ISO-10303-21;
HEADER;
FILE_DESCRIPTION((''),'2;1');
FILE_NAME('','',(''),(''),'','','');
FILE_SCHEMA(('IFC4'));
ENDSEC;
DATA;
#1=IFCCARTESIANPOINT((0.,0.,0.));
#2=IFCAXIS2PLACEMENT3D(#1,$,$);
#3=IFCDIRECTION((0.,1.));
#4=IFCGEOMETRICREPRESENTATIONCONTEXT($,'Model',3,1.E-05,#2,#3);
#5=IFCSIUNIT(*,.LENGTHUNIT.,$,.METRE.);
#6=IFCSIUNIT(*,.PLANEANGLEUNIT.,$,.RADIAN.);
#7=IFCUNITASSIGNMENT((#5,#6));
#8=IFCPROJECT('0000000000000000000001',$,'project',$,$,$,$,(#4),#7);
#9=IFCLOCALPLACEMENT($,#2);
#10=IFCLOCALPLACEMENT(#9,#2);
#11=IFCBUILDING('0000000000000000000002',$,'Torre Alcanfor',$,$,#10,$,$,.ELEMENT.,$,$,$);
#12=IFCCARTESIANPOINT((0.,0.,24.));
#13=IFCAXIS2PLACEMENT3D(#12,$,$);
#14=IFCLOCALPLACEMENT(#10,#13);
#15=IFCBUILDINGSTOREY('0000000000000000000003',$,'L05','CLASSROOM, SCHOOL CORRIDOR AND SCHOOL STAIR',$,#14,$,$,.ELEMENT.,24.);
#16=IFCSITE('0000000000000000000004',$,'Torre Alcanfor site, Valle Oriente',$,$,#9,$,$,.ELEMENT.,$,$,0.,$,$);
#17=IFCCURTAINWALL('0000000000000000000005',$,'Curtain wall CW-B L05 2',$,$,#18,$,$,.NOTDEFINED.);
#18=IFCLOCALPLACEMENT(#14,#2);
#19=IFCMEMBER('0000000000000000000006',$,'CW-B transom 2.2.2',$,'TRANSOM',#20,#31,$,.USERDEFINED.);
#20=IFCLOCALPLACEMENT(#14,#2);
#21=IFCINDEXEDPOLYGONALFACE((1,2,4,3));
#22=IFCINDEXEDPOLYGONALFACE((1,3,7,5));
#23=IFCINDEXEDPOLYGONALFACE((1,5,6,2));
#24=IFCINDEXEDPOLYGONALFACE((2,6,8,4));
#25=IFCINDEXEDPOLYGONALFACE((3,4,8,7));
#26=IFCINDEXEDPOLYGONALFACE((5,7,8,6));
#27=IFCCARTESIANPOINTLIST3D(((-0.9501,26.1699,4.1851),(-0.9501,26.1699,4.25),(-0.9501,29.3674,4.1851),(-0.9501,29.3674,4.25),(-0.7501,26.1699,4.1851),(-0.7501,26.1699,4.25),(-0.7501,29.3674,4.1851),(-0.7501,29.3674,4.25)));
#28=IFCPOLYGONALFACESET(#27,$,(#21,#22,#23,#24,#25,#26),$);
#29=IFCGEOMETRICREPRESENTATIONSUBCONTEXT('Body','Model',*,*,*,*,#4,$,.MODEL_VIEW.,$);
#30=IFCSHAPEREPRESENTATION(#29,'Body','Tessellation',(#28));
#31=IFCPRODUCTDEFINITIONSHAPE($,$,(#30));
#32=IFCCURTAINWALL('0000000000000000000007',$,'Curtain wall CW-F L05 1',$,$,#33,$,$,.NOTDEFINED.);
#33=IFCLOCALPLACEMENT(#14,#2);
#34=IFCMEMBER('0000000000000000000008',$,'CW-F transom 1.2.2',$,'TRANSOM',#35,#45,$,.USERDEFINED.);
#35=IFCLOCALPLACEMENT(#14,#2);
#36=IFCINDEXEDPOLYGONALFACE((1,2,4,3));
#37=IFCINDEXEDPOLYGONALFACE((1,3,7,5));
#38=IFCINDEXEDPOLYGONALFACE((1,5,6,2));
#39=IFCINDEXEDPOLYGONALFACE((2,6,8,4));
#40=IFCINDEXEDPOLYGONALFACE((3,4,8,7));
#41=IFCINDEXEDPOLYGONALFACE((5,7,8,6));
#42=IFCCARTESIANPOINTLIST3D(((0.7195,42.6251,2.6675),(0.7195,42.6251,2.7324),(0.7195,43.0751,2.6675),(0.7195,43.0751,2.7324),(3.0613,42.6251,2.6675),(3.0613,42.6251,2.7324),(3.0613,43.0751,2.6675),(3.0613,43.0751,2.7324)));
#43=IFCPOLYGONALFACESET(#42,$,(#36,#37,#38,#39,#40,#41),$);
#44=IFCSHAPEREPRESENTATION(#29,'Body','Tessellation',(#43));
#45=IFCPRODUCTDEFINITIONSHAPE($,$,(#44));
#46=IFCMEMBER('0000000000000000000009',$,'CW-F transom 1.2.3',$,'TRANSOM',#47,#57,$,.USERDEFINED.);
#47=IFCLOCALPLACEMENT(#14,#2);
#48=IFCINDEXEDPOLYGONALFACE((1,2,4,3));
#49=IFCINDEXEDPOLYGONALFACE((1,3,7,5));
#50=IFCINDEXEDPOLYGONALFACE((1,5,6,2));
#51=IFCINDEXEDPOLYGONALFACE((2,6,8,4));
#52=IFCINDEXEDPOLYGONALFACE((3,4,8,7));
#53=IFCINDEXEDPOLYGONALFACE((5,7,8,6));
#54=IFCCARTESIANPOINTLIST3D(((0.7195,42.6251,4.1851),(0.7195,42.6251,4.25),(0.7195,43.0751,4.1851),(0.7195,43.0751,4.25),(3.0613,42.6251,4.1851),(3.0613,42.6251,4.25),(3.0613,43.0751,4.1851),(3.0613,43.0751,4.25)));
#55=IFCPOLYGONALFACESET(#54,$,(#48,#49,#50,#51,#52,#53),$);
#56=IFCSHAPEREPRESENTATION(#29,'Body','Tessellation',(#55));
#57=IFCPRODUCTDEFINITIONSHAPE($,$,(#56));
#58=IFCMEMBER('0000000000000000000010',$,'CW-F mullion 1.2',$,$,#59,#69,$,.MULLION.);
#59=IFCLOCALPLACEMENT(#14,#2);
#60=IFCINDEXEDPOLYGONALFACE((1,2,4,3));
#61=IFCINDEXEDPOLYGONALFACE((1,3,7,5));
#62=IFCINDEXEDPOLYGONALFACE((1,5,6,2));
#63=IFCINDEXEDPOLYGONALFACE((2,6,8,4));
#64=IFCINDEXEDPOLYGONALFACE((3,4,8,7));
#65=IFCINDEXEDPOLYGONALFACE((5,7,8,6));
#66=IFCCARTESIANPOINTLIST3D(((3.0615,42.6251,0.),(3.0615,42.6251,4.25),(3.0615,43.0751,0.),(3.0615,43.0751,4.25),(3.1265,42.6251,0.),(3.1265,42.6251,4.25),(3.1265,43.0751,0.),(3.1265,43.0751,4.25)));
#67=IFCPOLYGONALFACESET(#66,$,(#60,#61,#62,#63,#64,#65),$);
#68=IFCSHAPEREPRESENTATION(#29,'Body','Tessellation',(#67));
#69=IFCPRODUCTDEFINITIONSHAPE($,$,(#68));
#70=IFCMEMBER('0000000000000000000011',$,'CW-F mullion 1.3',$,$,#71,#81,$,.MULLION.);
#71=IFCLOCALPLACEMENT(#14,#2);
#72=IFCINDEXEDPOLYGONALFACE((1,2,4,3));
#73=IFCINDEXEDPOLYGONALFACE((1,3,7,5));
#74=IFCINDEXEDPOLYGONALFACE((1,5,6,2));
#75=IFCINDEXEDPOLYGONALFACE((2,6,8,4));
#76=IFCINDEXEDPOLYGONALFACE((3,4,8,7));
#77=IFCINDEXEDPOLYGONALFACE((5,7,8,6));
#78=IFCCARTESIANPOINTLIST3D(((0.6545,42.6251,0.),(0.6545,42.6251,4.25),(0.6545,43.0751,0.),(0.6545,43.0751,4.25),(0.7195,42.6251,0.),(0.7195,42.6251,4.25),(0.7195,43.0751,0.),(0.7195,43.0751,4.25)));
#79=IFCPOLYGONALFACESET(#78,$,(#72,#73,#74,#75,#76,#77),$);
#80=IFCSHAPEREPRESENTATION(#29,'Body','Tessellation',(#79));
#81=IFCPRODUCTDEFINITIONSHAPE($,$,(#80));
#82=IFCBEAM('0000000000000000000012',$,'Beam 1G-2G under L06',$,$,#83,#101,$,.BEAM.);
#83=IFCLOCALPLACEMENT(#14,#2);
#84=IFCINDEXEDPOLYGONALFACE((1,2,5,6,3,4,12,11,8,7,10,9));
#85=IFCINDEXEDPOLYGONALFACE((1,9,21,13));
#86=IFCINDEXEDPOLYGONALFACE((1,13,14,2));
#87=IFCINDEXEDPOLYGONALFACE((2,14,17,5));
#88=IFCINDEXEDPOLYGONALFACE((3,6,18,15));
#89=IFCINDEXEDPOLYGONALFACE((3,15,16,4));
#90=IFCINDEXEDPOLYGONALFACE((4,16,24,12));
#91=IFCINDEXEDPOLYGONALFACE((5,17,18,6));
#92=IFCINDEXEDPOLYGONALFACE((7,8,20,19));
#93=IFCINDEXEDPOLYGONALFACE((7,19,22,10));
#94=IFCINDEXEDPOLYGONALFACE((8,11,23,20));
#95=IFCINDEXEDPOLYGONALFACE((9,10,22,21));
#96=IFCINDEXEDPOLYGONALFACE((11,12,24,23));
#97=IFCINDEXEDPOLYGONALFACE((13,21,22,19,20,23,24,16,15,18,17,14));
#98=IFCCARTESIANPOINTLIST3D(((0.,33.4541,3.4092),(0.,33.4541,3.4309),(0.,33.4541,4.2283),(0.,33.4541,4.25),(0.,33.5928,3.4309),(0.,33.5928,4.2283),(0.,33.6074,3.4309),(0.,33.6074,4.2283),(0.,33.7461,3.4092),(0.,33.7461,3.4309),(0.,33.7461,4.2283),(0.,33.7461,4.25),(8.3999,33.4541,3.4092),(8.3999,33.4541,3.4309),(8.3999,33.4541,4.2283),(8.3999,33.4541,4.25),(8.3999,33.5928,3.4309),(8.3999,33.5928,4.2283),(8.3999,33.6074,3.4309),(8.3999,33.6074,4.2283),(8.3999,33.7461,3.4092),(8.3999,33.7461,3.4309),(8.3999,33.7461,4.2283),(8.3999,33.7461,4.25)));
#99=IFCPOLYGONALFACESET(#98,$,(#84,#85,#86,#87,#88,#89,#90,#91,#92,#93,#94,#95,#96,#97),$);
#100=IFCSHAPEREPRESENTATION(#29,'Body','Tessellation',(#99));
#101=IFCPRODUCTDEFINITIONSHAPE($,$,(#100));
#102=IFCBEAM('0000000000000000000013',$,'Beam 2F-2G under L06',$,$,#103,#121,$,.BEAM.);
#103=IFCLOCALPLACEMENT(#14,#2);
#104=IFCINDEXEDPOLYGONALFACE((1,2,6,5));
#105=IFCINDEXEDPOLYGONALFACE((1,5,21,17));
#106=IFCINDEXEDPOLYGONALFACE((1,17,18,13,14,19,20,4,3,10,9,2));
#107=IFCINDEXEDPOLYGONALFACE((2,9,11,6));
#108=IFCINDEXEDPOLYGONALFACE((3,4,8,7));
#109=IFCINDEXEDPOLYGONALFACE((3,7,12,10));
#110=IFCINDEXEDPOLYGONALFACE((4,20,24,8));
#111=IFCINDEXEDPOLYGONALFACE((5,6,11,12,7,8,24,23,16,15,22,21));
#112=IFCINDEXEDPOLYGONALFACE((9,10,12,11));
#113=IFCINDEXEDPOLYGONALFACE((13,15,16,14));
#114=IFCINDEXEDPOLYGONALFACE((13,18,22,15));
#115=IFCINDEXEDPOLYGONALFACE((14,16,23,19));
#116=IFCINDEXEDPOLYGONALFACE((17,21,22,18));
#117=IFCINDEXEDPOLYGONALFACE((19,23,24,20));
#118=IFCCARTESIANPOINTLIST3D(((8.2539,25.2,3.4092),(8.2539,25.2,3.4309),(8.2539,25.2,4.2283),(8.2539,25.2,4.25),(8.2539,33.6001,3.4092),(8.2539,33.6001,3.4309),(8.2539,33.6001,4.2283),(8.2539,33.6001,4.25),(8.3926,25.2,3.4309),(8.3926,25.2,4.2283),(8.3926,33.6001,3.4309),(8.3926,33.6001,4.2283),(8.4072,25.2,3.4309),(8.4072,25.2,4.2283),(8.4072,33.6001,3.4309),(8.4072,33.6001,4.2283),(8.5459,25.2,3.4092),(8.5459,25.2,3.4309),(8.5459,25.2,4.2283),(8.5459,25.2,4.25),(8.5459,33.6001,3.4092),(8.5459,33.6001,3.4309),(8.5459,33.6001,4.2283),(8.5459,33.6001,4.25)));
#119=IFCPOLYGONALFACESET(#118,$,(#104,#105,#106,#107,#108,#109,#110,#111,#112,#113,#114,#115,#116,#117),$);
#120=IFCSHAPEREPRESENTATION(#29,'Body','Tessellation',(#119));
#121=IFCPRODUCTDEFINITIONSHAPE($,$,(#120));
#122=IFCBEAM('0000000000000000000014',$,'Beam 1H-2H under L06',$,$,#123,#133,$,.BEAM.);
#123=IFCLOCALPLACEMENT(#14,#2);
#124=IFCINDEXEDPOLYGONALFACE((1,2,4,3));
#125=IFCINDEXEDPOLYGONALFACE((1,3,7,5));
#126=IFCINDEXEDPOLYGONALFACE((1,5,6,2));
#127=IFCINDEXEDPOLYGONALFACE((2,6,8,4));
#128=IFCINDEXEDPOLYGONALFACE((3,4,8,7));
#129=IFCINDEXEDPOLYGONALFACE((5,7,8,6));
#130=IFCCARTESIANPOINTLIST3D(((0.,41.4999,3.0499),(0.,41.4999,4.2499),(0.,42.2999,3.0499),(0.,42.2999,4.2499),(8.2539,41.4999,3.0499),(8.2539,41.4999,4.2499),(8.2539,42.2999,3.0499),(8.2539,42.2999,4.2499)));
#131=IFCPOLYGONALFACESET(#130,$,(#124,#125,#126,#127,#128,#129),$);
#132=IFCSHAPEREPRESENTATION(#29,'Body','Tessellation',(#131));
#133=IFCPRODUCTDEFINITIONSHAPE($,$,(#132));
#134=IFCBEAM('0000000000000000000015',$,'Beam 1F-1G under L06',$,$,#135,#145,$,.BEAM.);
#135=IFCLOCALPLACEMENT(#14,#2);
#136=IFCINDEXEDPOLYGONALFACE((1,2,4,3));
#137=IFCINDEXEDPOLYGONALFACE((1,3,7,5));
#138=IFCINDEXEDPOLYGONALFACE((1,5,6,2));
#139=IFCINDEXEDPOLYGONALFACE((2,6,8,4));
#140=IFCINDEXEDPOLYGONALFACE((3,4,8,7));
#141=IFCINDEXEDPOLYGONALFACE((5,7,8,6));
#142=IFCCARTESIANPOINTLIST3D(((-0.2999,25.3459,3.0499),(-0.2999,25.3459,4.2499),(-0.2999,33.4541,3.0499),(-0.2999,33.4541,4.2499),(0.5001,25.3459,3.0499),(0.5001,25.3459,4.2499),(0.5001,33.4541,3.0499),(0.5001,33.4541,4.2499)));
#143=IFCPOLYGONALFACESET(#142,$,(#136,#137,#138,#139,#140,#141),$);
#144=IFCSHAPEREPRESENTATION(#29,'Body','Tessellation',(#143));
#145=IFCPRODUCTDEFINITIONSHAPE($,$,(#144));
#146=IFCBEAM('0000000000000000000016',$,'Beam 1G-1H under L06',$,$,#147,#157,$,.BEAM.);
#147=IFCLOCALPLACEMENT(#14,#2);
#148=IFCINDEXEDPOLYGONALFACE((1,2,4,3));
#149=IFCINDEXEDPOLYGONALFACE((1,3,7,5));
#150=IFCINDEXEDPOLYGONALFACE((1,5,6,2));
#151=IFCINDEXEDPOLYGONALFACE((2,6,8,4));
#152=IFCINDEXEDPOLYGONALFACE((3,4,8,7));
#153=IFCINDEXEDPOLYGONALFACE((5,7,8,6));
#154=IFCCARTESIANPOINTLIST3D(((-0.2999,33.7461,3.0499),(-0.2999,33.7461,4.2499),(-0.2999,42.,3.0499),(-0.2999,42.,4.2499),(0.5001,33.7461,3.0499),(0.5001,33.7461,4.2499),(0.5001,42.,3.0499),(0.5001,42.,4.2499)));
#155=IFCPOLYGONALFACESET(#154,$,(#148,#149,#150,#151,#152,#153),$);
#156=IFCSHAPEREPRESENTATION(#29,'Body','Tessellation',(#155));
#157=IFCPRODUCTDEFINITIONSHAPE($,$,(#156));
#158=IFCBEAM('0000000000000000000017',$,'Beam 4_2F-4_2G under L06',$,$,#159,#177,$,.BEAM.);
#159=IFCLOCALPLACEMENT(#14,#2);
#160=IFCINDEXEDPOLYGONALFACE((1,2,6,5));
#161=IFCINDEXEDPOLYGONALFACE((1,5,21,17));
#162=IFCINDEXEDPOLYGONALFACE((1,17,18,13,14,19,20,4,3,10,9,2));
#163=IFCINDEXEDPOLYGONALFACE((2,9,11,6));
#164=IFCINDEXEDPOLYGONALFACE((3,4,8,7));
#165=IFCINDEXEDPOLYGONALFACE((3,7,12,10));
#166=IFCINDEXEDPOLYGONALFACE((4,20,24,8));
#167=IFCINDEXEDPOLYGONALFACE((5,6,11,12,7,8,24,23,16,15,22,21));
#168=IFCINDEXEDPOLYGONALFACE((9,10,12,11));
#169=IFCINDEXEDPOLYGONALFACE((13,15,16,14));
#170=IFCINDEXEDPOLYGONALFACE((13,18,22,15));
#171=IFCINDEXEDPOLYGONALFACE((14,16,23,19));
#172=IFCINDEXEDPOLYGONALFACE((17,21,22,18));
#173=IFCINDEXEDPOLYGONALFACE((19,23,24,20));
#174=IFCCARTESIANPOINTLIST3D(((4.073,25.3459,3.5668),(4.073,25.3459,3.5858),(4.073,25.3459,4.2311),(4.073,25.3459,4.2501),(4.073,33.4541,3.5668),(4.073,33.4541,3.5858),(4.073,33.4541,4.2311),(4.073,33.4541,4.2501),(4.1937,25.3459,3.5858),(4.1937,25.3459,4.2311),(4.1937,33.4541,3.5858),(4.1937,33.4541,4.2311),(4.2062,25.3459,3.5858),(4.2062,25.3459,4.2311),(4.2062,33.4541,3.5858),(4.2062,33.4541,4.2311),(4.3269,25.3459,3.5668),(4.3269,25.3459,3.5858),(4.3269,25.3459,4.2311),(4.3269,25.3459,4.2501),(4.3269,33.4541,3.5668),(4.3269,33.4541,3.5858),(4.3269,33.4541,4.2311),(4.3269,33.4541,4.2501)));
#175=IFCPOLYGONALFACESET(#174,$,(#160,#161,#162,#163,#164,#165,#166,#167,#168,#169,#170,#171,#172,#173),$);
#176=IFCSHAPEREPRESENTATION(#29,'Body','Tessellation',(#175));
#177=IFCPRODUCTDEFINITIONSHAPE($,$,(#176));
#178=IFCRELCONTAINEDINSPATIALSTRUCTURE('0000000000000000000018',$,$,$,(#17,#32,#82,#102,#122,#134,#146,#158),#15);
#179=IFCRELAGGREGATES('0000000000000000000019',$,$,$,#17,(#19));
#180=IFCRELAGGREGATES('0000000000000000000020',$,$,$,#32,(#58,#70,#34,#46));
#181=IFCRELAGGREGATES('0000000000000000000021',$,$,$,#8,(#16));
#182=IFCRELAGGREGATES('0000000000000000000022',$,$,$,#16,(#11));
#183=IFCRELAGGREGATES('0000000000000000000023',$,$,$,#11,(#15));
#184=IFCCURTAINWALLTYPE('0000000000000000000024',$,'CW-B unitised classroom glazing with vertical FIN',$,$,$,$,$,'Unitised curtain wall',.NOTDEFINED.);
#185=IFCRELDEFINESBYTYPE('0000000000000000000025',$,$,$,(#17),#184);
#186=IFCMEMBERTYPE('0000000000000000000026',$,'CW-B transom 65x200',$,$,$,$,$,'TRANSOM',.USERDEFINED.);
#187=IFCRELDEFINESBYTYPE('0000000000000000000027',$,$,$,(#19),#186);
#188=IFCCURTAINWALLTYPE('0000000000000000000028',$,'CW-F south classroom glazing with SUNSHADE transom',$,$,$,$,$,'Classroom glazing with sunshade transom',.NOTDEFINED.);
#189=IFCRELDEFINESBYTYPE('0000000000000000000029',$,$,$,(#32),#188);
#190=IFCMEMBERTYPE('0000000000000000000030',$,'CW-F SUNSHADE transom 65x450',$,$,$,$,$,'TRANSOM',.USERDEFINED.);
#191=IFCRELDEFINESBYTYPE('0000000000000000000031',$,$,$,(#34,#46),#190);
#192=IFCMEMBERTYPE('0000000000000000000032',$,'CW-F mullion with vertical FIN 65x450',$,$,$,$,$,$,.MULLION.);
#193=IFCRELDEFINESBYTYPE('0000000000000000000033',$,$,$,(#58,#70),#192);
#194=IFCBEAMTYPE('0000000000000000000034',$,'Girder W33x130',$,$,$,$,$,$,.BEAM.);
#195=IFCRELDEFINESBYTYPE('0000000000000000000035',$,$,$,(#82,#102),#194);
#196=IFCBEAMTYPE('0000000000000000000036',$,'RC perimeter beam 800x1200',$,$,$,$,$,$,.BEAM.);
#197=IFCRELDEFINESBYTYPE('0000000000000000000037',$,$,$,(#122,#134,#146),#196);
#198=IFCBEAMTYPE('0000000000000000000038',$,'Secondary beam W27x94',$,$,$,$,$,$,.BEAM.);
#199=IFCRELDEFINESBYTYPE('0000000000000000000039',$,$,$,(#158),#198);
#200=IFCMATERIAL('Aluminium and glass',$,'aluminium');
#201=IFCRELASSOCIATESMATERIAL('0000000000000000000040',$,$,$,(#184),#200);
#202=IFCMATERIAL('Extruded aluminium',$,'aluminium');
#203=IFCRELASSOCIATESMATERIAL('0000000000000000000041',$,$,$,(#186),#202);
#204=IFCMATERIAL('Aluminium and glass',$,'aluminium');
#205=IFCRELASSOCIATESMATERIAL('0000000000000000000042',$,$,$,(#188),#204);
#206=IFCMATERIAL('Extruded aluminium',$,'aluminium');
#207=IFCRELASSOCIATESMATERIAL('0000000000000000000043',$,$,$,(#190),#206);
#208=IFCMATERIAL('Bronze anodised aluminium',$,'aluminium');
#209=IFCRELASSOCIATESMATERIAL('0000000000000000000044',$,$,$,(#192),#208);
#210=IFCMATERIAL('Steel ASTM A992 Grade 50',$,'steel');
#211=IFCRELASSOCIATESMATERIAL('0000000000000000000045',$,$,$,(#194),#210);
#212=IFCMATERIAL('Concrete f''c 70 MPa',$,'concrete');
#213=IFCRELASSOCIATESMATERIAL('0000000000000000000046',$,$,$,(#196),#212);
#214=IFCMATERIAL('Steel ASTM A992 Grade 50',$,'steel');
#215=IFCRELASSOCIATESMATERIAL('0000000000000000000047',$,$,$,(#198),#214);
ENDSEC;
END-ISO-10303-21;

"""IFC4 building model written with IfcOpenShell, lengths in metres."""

from ifc_helpers import new_model, si_unit, direction, frame, origin, origin_2d, place, context, subcontext, project, spatial, rectangle, i_section, extrude, material, material_profile, profile_set, type_object, element, aggregate, save


model = new_model("IFC4")

# Units and contexts
model_context = context("Model", 3, precision=1e-05, world=origin(), true_north=direction((0.0, 1.0)))
body_context = subcontext(model_context, "Body", "Model", "MODEL_VIEW")
ifc_project = project(units=[si_unit("LENGTHUNIT", "METRE"), si_unit("PLANEANGLEUNIT", "RADIAN")], contexts=[model_context])

# Site, building, storey
site_placement = place(None, origin())
site = spatial("IfcSite", under=ifc_project, at=site_placement, Name="Torre Alcanfor site, Valle Oriente", CompositionType="ELEMENT", RefElevation=0.0)
building_placement = place(site_placement, origin())
building = spatial("IfcBuilding", under=site, at=building_placement, Name="Torre Alcanfor", CompositionType="ELEMENT")
storey_placement = place(building_placement, frame((0.0, 0.0, 24.0)))
storey = spatial("IfcBuildingStorey", under=building, at=storey_placement, Name="L05", Description="CLASSROOM, SCHOOL CORRIDOR AND SCHOOL STAIR", CompositionType="ELEMENT", Elevation=24.0)

# Curtain walls, members
ifc_material_1 = material(Name="Aluminium and glass", Category="aluminium")
curtain_wall_type_1 = type_object("IfcCurtainWallType", Name="CW-B unitised classroom glazing with vertical FIN", ElementType="Unitised curtain wall", PredefinedType="NOTDEFINED", material=ifc_material_1)
curtain_wall_1_placement = place(storey_placement, origin())
curtain_wall_1 = element("IfcCurtainWall", 1, at=curtain_wall_1_placement, inside=storey, type_object=curtain_wall_type_1, Name="Curtain wall CW-B L05 2", PredefinedType="NOTDEFINED")
ifc_material_2 = material(Name="Extruded aluminium", Category="aluminium")
ifc_material_profile_1 = material_profile(ifc_material_2, rectangle(XDim=0.2, YDim=0.0649, at=origin_2d()), Name="CW-B transom 200x65")
ifc_profile_set_1 = profile_set([ifc_material_profile_1], Name="Extruded aluminium")
member_type_1 = type_object("IfcMemberType", Name="CW-B transom 65x200", ElementType="TRANSOM", PredefinedType="USERDEFINED", material=ifc_profile_set_1)
member_1_placement = place(storey_placement, frame((-0.8501, 29.3674, 4.2175), z_axis=(0.0, -1.0, 0.0), x_axis=(1.0, 0.0, 0.0)))
member_1 = element("IfcMember", 2, at=member_1_placement, type_object=member_type_1, Name="CW-B transom 2.2.2", ObjectType="TRANSOM", PredefinedType="USERDEFINED", context=body_context, shape_type="SweptSolid", body=[
    extrude(rectangle(XDim=0.2, YDim=0.0649, at=origin_2d()), origin(), (0.0, 0.0, 1.0), 3.1975),
])
ifc_material_3 = material(Name="Aluminium and glass", Category="aluminium")
curtain_wall_type_2 = type_object("IfcCurtainWallType", Name="CW-F south classroom glazing with SUNSHADE transom", ElementType="Classroom glazing with sunshade transom", PredefinedType="NOTDEFINED", material=ifc_material_3)
curtain_wall_2_placement = place(storey_placement, origin())
curtain_wall_2 = element("IfcCurtainWall", 3, at=curtain_wall_2_placement, inside=storey, type_object=curtain_wall_type_2, Name="Curtain wall CW-F L05 1", PredefinedType="NOTDEFINED")
ifc_material_4 = material(Name="Extruded aluminium", Category="aluminium")
ifc_material_profile_2 = material_profile(ifc_material_4, rectangle(XDim=0.45, YDim=0.0649, at=origin_2d()), Name="CW-F transom 450x65")
ifc_profile_set_2 = profile_set([ifc_material_profile_2], Name="Extruded aluminium")
member_type_2 = type_object("IfcMemberType", Name="CW-F SUNSHADE transom 65x450", ElementType="TRANSOM", PredefinedType="USERDEFINED", material=ifc_profile_set_2)
member_2_placement = place(storey_placement, frame((3.0613, 42.8501, 2.7), z_axis=(-1.0, 0.0, 0.0), x_axis=(0.0, -1.0, 0.0)))
member_2 = element("IfcMember", 4, at=member_2_placement, type_object=member_type_2, Name="CW-F transom 1.2.2", ObjectType="TRANSOM", PredefinedType="USERDEFINED", context=body_context, shape_type="SweptSolid", body=[
    extrude(rectangle(XDim=0.45, YDim=0.0649, at=origin_2d()), origin(), (0.0, 0.0, 1.0), 2.3418),
])
member_3_placement = place(storey_placement, frame((3.0613, 42.8501, 4.2175), z_axis=(-1.0, 0.0, 0.0), x_axis=(0.0, -1.0, 0.0)))
member_3 = element("IfcMember", 5, at=member_3_placement, type_object=member_type_2, Name="CW-F transom 1.2.3", ObjectType="TRANSOM", PredefinedType="USERDEFINED", context=body_context, shape_type="SweptSolid", body=[
    extrude(rectangle(XDim=0.45, YDim=0.0649, at=origin_2d()), origin(), (0.0, 0.0, 1.0), 2.3418),
])
ifc_material_5 = material(Name="Bronze anodised aluminium", Category="aluminium")
ifc_material_profile_3 = material_profile(ifc_material_5, rectangle(XDim=0.45, YDim=0.0649, at=origin_2d()), Name="CW-F mullion 65x450")
ifc_profile_set_3 = profile_set([ifc_material_profile_3], Name="Bronze anodised aluminium")
member_type_3 = type_object("IfcMemberType", Name="CW-F mullion with vertical FIN 65x450", PredefinedType="MULLION", material=ifc_profile_set_3)
member_4_placement = place(storey_placement, frame((3.094, 42.8501, 0.0), z_axis=(0.0, 0.0, 1.0), x_axis=(0.0, -1.0, 0.0)))
member_4 = element("IfcMember", 6, at=member_4_placement, type_object=member_type_3, Name="CW-F mullion 1.2", PredefinedType="MULLION", context=body_context, shape_type="SweptSolid", body=[
    extrude(rectangle(XDim=0.45, YDim=0.0649, at=origin_2d()), origin(), (0.0, 0.0, 1.0), 4.25),
])
member_5_placement = place(storey_placement, frame((0.687, 42.8501, 0.0), z_axis=(0.0, 0.0, 1.0), x_axis=(0.0, -1.0, 0.0)))
member_5 = element("IfcMember", 7, at=member_5_placement, type_object=member_type_3, Name="CW-F mullion 1.3", PredefinedType="MULLION", context=body_context, shape_type="SweptSolid", body=[
    extrude(rectangle(XDim=0.45, YDim=0.0649, at=origin_2d()), origin(), (0.0, 0.0, 1.0), 4.25),
])

# Beams
ifc_material_6 = material(Name="Steel ASTM A992 Grade 50", Category="steel")
ifc_material_profile_4 = material_profile(ifc_material_6, i_section(OverallWidth=0.292, OverallDepth=0.8408, WebThickness=0.0146, FlangeThickness=0.0217, at=origin_2d()), Name="W33x130")
ifc_profile_set_4 = profile_set([ifc_material_profile_4], Name="Steel ASTM A992 Grade 50")
beam_type_1 = type_object("IfcBeamType", Name="Girder W33x130", PredefinedType="BEAM", material=ifc_profile_set_4)
beam_1_placement = place(storey_placement, frame((0.0, 33.6001, 3.8296), z_axis=(1.0, 0.0, 0.0), x_axis=(0.0, 1.0, 0.0)))
element("IfcBeam", 8, at=beam_1_placement, inside=storey, type_object=beam_type_1, Name="Beam 1G-2G under L06", PredefinedType="BEAM", context=body_context, shape_type="SweptSolid", body=[
    extrude(i_section(OverallWidth=0.292, OverallDepth=0.8408, WebThickness=0.0146, FlangeThickness=0.0217, at=origin_2d()), origin(), (0.0, 0.0, 1.0), 8.3999),
])
beam_2_placement = place(storey_placement, frame((8.3999, 25.2, 3.8296), z_axis=(0.0, 1.0, 0.0), x_axis=(-1.0, 0.0, 0.0)))
element("IfcBeam", 9, at=beam_2_placement, inside=storey, type_object=beam_type_1, Name="Beam 2F-2G under L06", PredefinedType="BEAM", context=body_context, shape_type="SweptSolid", body=[
    extrude(i_section(OverallWidth=0.292, OverallDepth=0.8408, WebThickness=0.0146, FlangeThickness=0.0217, at=origin_2d()), origin(), (0.0, 0.0, 1.0), 8.4001),
])
ifc_material_7 = material(Name="Concrete f'c 70 MPa", Category="concrete")
ifc_material_profile_5 = material_profile(ifc_material_7, rectangle(XDim=0.8, YDim=1.2, at=origin_2d()), Name="800x1200")
ifc_profile_set_5 = profile_set([ifc_material_profile_5], Name="Concrete f'c 70 MPa")
beam_type_2 = type_object("IfcBeamType", Name="RC perimeter beam 800x1200", PredefinedType="BEAM", material=ifc_profile_set_5)
beam_3_placement = place(storey_placement, frame((0.0, 41.8999, 3.6499), z_axis=(1.0, 0.0, 0.0), x_axis=(0.0, 1.0, 0.0)))
element("IfcBeam", 10, at=beam_3_placement, inside=storey, type_object=beam_type_2, Name="Beam 1H-2H under L06", PredefinedType="BEAM", context=body_context, shape_type="SweptSolid", body=[
    extrude(rectangle(XDim=0.8, YDim=1.2, at=origin_2d()), origin(), (0.0, 0.0, 1.0), 8.2539),
])
beam_4_placement = place(storey_placement, frame((0.1001, 25.3459, 3.6499), z_axis=(0.0, 1.0, 0.0), x_axis=(-1.0, 0.0, 0.0)))
element("IfcBeam", 11, at=beam_4_placement, inside=storey, type_object=beam_type_2, Name="Beam 1F-1G under L06", PredefinedType="BEAM", context=body_context, shape_type="SweptSolid", body=[
    extrude(rectangle(XDim=0.8, YDim=1.2, at=origin_2d()), origin(), (0.0, 0.0, 1.0), 8.1082),
])
beam_5_placement = place(storey_placement, frame((0.1001, 33.7461, 3.6499), z_axis=(0.0, 1.0, 0.0), x_axis=(-1.0, 0.0, 0.0)))
element("IfcBeam", 12, at=beam_5_placement, inside=storey, type_object=beam_type_2, Name="Beam 1G-1H under L06", PredefinedType="BEAM", context=body_context, shape_type="SweptSolid", body=[
    extrude(rectangle(XDim=0.8, YDim=1.2, at=origin_2d()), origin(), (0.0, 0.0, 1.0), 8.2539),
])
ifc_material_8 = material(Name="Steel ASTM A992 Grade 50", Category="steel")
ifc_material_profile_6 = material_profile(ifc_material_8, i_section(OverallWidth=0.2539, OverallDepth=0.6833, WebThickness=0.0125, FlangeThickness=0.019, at=origin_2d()), Name="W27x94")
ifc_profile_set_6 = profile_set([ifc_material_profile_6], Name="Steel ASTM A992 Grade 50")
beam_type_3 = type_object("IfcBeamType", Name="Secondary beam W27x94", PredefinedType="BEAM", material=ifc_profile_set_6)
beam_6_placement = place(storey_placement, frame((4.2, 25.3459, 3.9084), z_axis=(0.0, 1.0, 0.0), x_axis=(-1.0, 0.0, 0.0)))
element("IfcBeam", 13, at=beam_6_placement, inside=storey, type_object=beam_type_3, Name="Beam 4_2F-4_2G under L06", PredefinedType="BEAM", context=body_context, shape_type="SweptSolid", body=[
    extrude(i_section(OverallWidth=0.2539, OverallDepth=0.6833, WebThickness=0.0125, FlangeThickness=0.019, at=origin_2d()), origin(), (0.0, 0.0, 1.0), 8.1082),
])

aggregate(curtain_wall_1, [member_1])
aggregate(curtain_wall_2, [member_4, member_5, member_2, member_3])

save(model, "model.ifc")
